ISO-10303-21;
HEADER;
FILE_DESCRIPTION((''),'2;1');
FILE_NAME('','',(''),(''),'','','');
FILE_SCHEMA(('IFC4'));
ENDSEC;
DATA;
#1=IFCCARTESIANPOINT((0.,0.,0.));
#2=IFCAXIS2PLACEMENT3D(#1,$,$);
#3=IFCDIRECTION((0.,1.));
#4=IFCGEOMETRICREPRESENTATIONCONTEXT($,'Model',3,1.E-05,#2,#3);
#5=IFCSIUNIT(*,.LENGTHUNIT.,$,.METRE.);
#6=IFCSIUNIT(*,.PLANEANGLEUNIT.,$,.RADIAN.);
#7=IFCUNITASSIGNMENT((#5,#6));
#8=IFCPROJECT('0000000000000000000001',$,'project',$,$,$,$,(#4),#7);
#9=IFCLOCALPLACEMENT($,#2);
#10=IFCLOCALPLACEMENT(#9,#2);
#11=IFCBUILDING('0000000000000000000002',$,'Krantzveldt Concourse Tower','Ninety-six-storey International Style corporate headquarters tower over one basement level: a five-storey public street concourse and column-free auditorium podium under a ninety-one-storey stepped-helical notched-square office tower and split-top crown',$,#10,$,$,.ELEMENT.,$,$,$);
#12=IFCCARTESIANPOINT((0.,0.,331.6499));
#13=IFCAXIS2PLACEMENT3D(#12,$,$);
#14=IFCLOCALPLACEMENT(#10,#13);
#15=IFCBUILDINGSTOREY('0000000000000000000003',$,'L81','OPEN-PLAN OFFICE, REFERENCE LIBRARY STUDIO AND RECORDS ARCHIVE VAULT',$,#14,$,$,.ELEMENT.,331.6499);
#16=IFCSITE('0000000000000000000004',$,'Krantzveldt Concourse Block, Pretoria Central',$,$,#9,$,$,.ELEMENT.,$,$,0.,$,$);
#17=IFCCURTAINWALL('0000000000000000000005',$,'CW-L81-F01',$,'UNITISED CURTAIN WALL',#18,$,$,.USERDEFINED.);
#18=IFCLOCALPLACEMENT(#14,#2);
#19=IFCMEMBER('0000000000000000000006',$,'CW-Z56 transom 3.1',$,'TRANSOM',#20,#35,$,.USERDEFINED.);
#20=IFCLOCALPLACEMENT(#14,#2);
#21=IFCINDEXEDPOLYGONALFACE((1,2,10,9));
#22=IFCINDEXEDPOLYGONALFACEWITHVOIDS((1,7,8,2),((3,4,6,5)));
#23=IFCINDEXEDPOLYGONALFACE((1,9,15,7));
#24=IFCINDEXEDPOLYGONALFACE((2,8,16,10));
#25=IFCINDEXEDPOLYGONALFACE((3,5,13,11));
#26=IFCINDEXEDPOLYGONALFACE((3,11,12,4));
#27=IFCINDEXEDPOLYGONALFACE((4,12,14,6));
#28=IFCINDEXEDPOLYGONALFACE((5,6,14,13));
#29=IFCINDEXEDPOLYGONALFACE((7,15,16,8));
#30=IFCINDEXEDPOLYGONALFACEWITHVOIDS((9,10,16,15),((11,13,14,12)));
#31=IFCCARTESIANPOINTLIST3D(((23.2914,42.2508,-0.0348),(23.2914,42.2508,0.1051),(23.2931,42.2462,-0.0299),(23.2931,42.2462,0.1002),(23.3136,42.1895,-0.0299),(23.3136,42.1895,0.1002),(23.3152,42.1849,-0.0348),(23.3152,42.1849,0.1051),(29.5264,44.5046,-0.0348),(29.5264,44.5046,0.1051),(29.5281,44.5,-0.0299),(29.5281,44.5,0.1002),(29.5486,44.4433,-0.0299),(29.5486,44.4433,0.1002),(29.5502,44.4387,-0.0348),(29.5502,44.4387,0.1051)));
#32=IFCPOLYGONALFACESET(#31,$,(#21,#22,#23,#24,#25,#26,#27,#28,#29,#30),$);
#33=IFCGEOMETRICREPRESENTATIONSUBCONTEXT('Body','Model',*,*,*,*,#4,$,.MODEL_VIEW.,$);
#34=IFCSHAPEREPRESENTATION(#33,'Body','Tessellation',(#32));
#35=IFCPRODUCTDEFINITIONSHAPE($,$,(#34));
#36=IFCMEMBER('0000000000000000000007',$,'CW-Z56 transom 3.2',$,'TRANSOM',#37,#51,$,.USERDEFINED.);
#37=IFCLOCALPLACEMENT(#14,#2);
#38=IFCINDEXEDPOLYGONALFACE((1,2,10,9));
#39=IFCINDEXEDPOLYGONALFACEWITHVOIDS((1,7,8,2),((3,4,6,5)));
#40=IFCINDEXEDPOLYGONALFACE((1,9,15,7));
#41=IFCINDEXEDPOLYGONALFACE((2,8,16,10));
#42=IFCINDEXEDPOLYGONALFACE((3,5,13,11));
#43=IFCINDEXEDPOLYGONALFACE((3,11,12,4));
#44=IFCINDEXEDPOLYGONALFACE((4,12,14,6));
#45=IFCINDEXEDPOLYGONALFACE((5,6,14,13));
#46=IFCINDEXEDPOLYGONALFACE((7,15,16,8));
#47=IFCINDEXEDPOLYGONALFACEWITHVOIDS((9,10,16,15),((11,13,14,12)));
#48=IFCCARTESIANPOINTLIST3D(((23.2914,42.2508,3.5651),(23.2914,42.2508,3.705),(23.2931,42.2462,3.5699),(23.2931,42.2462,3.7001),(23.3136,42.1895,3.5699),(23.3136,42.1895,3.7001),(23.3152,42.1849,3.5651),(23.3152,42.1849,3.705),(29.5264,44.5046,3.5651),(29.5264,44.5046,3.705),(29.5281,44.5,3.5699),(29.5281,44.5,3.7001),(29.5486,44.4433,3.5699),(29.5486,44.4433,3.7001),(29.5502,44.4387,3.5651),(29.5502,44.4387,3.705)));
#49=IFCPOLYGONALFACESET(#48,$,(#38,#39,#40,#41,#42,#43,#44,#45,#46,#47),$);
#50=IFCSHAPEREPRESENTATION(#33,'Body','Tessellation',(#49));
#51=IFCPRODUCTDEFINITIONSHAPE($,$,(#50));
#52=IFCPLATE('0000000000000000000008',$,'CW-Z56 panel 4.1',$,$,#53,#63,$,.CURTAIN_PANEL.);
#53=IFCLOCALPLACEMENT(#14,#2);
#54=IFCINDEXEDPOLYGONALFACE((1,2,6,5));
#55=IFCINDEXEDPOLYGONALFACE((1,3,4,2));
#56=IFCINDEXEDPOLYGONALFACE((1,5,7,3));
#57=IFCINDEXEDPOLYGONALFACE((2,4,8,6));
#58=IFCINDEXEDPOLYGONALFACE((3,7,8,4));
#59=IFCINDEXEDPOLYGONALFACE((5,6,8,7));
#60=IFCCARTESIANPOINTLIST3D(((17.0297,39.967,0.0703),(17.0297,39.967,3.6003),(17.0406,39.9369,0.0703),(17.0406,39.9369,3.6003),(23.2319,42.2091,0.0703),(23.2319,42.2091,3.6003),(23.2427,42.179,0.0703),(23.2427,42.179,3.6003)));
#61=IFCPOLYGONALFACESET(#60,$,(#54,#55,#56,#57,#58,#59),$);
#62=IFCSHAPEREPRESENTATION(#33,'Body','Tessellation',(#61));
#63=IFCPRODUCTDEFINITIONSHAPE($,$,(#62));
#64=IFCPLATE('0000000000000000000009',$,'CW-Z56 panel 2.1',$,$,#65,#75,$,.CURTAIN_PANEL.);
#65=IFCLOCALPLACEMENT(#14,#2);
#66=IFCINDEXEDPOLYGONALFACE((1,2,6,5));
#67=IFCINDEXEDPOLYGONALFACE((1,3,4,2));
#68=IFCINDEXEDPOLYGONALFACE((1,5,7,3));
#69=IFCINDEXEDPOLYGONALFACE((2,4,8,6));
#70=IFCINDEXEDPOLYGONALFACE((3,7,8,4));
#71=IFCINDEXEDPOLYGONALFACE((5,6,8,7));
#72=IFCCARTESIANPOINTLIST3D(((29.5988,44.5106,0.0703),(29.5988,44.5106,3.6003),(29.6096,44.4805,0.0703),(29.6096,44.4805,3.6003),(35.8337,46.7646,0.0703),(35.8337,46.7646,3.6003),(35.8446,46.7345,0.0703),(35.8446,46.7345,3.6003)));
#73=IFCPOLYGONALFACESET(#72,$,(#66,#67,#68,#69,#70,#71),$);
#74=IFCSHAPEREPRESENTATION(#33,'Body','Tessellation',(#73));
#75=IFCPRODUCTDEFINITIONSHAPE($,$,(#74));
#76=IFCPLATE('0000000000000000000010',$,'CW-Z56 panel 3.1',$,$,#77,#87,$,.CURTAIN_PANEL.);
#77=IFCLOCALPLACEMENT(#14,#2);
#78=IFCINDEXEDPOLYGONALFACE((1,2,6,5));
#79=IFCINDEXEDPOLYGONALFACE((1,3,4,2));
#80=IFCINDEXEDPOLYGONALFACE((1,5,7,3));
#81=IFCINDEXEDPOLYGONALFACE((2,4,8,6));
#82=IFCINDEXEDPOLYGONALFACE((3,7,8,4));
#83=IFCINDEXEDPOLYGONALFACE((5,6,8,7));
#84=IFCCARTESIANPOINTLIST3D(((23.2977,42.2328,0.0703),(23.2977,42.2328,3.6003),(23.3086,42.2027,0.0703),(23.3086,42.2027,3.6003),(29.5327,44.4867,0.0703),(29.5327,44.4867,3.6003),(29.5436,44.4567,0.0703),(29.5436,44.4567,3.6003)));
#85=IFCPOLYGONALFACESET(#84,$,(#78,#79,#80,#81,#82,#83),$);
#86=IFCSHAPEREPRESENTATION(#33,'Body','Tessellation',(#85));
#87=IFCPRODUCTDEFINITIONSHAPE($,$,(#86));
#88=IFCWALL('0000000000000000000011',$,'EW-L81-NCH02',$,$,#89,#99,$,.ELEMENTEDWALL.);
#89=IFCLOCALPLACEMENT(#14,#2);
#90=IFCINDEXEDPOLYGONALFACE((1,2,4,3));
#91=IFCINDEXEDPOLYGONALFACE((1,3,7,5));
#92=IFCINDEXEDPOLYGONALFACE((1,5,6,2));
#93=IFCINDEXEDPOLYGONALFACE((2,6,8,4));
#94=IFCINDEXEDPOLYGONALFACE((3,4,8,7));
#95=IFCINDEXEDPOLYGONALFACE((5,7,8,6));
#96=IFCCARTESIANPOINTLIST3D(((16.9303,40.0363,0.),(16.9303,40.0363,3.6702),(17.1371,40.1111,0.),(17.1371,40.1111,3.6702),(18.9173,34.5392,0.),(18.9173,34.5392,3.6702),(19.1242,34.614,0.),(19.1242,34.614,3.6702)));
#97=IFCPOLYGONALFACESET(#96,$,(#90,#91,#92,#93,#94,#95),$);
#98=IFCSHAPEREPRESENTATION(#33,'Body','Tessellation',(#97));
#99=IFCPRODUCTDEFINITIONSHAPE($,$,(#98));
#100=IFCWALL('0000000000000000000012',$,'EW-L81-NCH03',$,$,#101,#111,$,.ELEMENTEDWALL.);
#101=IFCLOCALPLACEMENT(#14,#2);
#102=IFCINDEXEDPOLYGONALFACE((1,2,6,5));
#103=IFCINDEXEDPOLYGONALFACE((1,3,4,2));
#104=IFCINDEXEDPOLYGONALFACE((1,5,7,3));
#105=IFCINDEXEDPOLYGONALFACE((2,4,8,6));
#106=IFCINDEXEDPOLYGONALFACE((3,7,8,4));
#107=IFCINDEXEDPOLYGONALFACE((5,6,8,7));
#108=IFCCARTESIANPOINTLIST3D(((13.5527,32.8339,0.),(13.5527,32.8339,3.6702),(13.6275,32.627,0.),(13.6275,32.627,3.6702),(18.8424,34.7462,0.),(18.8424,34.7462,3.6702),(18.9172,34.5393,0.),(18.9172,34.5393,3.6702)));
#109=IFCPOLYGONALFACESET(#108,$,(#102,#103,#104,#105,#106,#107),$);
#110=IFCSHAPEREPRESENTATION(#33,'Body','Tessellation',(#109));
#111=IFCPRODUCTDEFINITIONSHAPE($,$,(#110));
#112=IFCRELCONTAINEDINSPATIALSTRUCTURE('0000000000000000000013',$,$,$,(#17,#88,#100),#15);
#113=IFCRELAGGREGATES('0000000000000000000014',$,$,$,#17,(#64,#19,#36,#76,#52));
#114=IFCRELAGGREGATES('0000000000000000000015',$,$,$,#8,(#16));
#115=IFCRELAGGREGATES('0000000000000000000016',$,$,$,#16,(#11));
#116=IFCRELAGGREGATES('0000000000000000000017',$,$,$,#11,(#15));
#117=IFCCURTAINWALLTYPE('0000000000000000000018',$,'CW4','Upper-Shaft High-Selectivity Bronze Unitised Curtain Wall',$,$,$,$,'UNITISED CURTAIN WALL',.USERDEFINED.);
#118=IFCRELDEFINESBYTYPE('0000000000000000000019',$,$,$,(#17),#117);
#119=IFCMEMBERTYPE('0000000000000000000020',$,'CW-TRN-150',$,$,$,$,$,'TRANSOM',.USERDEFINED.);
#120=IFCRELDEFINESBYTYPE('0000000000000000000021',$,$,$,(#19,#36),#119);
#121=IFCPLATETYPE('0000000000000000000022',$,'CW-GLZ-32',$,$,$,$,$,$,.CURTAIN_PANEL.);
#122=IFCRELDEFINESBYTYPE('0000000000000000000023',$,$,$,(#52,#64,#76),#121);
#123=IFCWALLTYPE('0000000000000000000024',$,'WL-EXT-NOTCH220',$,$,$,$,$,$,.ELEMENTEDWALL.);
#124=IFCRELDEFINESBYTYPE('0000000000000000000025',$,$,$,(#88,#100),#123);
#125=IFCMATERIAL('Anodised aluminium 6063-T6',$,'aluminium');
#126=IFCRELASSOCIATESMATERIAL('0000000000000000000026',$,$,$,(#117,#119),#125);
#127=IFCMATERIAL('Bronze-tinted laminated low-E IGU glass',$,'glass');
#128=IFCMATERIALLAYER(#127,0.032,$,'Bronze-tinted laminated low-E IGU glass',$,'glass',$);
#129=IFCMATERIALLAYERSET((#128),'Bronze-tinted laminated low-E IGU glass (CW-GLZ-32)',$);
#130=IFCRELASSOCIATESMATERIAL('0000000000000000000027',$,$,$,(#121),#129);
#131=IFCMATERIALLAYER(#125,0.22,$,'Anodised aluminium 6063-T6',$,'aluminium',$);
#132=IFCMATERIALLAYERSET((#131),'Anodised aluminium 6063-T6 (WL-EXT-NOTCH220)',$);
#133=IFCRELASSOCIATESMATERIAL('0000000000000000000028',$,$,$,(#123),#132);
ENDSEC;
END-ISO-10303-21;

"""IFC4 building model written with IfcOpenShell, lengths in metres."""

from ifc_helpers import new_model, si_unit, direction, frame, frame_2d, origin, origin_2d, place, context, subcontext, project, spatial, rectangle, hollow_rectangle, extrude, source, transform, mapped, material, layer, layer_set, material_profile, profile_set, type_object, type_shapes, element, aggregate, save


model = new_model("IFC4")

# Units and contexts
model_context = context("Model", 3, precision=1e-05, world=origin(), true_north=direction((0.0, 1.0)))
body_context = subcontext(model_context, "Body", "Model", "MODEL_VIEW")
ifc_project = project(units=[si_unit("LENGTHUNIT", "METRE"), si_unit("PLANEANGLEUNIT", "RADIAN")], contexts=[model_context])

# Site, building, storey
site_placement = place(None, origin())
site = spatial("IfcSite", under=ifc_project, at=site_placement, Name="Krantzveldt Concourse Block, Pretoria Central", CompositionType="ELEMENT", RefElevation=0.0)
building_placement = place(site_placement, origin())
building = spatial("IfcBuilding", under=site, at=building_placement, Name="Krantzveldt Concourse Tower", Description="Ninety-six-storey International Style corporate headquarters tower over one basement level: a five-storey public street concourse and column-free auditorium podium under a ninety-one-storey stepped-helical notched-square office tower and split-top crown", CompositionType="ELEMENT")
storey_placement = place(building_placement, frame((0.0, 0.0, 331.6499)))
storey = spatial("IfcBuildingStorey", under=building, at=storey_placement, Name="L81", Description="OPEN-PLAN OFFICE, REFERENCE LIBRARY STUDIO AND RECORDS ARCHIVE VAULT", CompositionType="ELEMENT", Elevation=331.6499)

# Curtain wall, members, plates
ifc_material_1 = material(Name="Anodised aluminium 6063-T6", Category="aluminium")
curtain_wall_type = type_object("IfcCurtainWallType", Name="CW4", Description="Upper-Shaft High-Selectivity Bronze Unitised Curtain Wall", ElementType="UNITISED CURTAIN WALL", PredefinedType="USERDEFINED", material=ifc_material_1)
curtain_wall_placement = place(storey_placement, origin())
curtain_wall = element("IfcCurtainWall", 1, at=curtain_wall_placement, inside=storey, type_object=curtain_wall_type, Name="CW-L81-F01", ObjectType="UNITISED CURTAIN WALL", PredefinedType="USERDEFINED")
ifc_material_profile_1 = material_profile(ifc_material_1, hollow_rectangle(XDim=0.0701, YDim=0.1399, WallThickness=0.0049, at=origin_2d()), Name="Anodised aluminium 6063-T6", Category="aluminium")
ifc_profile_set_1 = profile_set([ifc_material_profile_1], Name="Anodised aluminium 6063-T6 - ALU-TRAN 140x70x5")
member_type_1 = type_object("IfcMemberType", Name="CW-TRN-150", ElementType="TRANSOM", PredefinedType="USERDEFINED", material=ifc_profile_set_1)
shared_shape_1 = source(origin(), body_context, "Body", "SweptSolid", [
    extrude(hollow_rectangle(XDim=0.0701, YDim=0.1399, WallThickness=0.0049, at=origin_2d()), origin(), (0.0, 0.0, 1.0), 6.6299),
])
member_1_placement = place(storey_placement, frame((29.5383, 44.4717, 0.0352), z_axis=(-0.940441, -0.339957, 0.0), x_axis=(0.339957, -0.940441, 0.0)))
member_1 = element("IfcMember", 2, at=member_1_placement, type_object=member_type_1, Name="CW-Z56 transom 3.1", ObjectType="TRANSOM", PredefinedType="USERDEFINED", context=body_context, shape_type="MappedRepresentation", body=[
    mapped(shared_shape_1, transform((0.0, 0.0, 0.0), x_axis=(1.0, 0.0, 0.0), y_axis=(0.0, 1.0, 0.0), z_axis=(0.0, 0.0, 1.0), scale=1.0)),
])
member_2_placement = place(storey_placement, frame((29.5383, 44.4717, 3.635), z_axis=(-0.940441, -0.339957, 0.0), x_axis=(0.339957, -0.940441, 0.0)))
member_2 = element("IfcMember", 3, at=member_2_placement, type_object=member_type_1, Name="CW-Z56 transom 3.2", ObjectType="TRANSOM", PredefinedType="USERDEFINED", context=body_context, shape_type="MappedRepresentation", body=[
    mapped(shared_shape_1, transform((0.0, 0.0, 0.0), x_axis=(1.0, 0.0, 0.0), y_axis=(0.0, 1.0, 0.0), z_axis=(0.0, 0.0, 1.0), scale=1.0)),
])
ifc_material_2 = material(Name="Bronze-tinted laminated low-E IGU glass", Category="glass")
ifc_layer_1 = layer(ifc_material_2, 0.032, Name="Bronze-tinted laminated low-E IGU glass", Category="glass")
ifc_layer_set_1 = layer_set([ifc_layer_1], Name="Bronze-tinted laminated low-E IGU glass (CW-GLZ-32)")
plate_type = type_object("IfcPlateType", Name="CW-GLZ-32", PredefinedType="CURTAIN_PANEL", material=ifc_layer_set_1)
shared_shape_2 = source(origin(), body_context, "Body", "SweptSolid", [
    extrude(rectangle(XDim=6.595, YDim=0.032, at=origin_2d()), origin(), (0.0, 0.0, 1.0), 3.53),
])
plate_1_placement = place(storey_placement, frame((20.1362, 41.073, 0.0703), z_axis=(0.0, 0.0, 1.0), x_axis=(-0.940437, -0.339969, 0.0)))
plate_1 = element("IfcPlate", 4, at=plate_1_placement, type_object=plate_type, Name="CW-Z56 panel 4.1", PredefinedType="CURTAIN_PANEL", context=body_context, shape_type="MappedRepresentation", body=[
    mapped(shared_shape_2, transform((0.0, 0.0, 0.0), x_axis=(1.0, 0.0, 0.0), y_axis=(0.0, 1.0, 0.0), z_axis=(0.0, 0.0, 1.0), scale=1.0)),
])
shared_shape_3 = source(origin(), body_context, "Body", "SweptSolid", [
    extrude(rectangle(XDim=6.6299, YDim=0.032, at=origin_2d()), origin(), (0.0, 0.0, 1.0), 3.53),
])
type_shapes(plate_type, [shared_shape_2, shared_shape_3])
plate_2_placement = place(storey_placement, frame((32.7217, 45.6226, 0.0703), z_axis=(0.0, 0.0, 1.0), x_axis=(-0.940437, -0.339969, 0.0)))
plate_2 = element("IfcPlate", 5, at=plate_2_placement, type_object=plate_type, Name="CW-Z56 panel 2.1", PredefinedType="CURTAIN_PANEL", context=body_context, shape_type="MappedRepresentation", body=[
    mapped(shared_shape_3, transform((0.0, 0.0, 0.0), x_axis=(1.0, 0.0, 0.0), y_axis=(0.0, 1.0, 0.0), z_axis=(0.0, 0.0, 1.0), scale=1.0)),
])
plate_3_placement = place(storey_placement, frame((26.4207, 43.3447, 0.0703), z_axis=(0.0, 0.0, 1.0), x_axis=(-0.940437, -0.339969, 0.0)))
plate_3 = element("IfcPlate", 6, at=plate_3_placement, type_object=plate_type, Name="CW-Z56 panel 3.1", PredefinedType="CURTAIN_PANEL", context=body_context, shape_type="MappedRepresentation", body=[
    mapped(shared_shape_3, transform((0.0, 0.0, 0.0), x_axis=(1.0, 0.0, 0.0), y_axis=(0.0, 1.0, 0.0), z_axis=(0.0, 0.0, 1.0), scale=1.0)),
])
aggregate(curtain_wall, [plate_2, member_1, member_2, plate_3, plate_1])

# Walls
ifc_layer_2 = layer(ifc_material_1, 0.22, Name="Anodised aluminium 6063-T6", Category="aluminium")
ifc_layer_set_2 = layer_set([ifc_layer_2], Name="Anodised aluminium 6063-T6 (WL-EXT-NOTCH220)")
wall_type = type_object("IfcWallType", Name="WL-EXT-NOTCH220", PredefinedType="ELEMENTEDWALL", material=ifc_layer_set_2)
wall_1_placement = place(storey_placement, frame((17.0337, 40.0737, 0.0), z_axis=(0.0, 0.0, 1.0), x_axis=(0.339948, -0.940444, 0.0)))
element("IfcWall", 7, at=wall_1_placement, inside=storey, type_object=wall_type, Name="EW-L81-NCH02", PredefinedType="ELEMENTEDWALL", context=body_context, shape_type="SweptSolid", body=[
    extrude(rectangle(XDim=5.8452, YDim=0.22, at=frame_2d((2.9226, 0.0))), origin(), (0.0, 0.0, 1.0), 3.6702),
])
wall_2_placement = place(storey_placement, frame((18.8799, 34.6428, 0.0), z_axis=(0.0, 0.0, 1.0), x_axis=(-0.940432, -0.339983, 0.0)))
element("IfcWall", 8, at=wall_2_placement, inside=storey, type_object=wall_type, Name="EW-L81-NCH03", PredefinedType="ELEMENTEDWALL", context=body_context, shape_type="SweptSolid", body=[
    extrude(rectangle(XDim=5.6248, YDim=0.22, at=frame_2d((2.8125, 0.0))), origin(), (0.0, 0.0, 1.0), 3.6702),
])

save(model, "model.ifc")
